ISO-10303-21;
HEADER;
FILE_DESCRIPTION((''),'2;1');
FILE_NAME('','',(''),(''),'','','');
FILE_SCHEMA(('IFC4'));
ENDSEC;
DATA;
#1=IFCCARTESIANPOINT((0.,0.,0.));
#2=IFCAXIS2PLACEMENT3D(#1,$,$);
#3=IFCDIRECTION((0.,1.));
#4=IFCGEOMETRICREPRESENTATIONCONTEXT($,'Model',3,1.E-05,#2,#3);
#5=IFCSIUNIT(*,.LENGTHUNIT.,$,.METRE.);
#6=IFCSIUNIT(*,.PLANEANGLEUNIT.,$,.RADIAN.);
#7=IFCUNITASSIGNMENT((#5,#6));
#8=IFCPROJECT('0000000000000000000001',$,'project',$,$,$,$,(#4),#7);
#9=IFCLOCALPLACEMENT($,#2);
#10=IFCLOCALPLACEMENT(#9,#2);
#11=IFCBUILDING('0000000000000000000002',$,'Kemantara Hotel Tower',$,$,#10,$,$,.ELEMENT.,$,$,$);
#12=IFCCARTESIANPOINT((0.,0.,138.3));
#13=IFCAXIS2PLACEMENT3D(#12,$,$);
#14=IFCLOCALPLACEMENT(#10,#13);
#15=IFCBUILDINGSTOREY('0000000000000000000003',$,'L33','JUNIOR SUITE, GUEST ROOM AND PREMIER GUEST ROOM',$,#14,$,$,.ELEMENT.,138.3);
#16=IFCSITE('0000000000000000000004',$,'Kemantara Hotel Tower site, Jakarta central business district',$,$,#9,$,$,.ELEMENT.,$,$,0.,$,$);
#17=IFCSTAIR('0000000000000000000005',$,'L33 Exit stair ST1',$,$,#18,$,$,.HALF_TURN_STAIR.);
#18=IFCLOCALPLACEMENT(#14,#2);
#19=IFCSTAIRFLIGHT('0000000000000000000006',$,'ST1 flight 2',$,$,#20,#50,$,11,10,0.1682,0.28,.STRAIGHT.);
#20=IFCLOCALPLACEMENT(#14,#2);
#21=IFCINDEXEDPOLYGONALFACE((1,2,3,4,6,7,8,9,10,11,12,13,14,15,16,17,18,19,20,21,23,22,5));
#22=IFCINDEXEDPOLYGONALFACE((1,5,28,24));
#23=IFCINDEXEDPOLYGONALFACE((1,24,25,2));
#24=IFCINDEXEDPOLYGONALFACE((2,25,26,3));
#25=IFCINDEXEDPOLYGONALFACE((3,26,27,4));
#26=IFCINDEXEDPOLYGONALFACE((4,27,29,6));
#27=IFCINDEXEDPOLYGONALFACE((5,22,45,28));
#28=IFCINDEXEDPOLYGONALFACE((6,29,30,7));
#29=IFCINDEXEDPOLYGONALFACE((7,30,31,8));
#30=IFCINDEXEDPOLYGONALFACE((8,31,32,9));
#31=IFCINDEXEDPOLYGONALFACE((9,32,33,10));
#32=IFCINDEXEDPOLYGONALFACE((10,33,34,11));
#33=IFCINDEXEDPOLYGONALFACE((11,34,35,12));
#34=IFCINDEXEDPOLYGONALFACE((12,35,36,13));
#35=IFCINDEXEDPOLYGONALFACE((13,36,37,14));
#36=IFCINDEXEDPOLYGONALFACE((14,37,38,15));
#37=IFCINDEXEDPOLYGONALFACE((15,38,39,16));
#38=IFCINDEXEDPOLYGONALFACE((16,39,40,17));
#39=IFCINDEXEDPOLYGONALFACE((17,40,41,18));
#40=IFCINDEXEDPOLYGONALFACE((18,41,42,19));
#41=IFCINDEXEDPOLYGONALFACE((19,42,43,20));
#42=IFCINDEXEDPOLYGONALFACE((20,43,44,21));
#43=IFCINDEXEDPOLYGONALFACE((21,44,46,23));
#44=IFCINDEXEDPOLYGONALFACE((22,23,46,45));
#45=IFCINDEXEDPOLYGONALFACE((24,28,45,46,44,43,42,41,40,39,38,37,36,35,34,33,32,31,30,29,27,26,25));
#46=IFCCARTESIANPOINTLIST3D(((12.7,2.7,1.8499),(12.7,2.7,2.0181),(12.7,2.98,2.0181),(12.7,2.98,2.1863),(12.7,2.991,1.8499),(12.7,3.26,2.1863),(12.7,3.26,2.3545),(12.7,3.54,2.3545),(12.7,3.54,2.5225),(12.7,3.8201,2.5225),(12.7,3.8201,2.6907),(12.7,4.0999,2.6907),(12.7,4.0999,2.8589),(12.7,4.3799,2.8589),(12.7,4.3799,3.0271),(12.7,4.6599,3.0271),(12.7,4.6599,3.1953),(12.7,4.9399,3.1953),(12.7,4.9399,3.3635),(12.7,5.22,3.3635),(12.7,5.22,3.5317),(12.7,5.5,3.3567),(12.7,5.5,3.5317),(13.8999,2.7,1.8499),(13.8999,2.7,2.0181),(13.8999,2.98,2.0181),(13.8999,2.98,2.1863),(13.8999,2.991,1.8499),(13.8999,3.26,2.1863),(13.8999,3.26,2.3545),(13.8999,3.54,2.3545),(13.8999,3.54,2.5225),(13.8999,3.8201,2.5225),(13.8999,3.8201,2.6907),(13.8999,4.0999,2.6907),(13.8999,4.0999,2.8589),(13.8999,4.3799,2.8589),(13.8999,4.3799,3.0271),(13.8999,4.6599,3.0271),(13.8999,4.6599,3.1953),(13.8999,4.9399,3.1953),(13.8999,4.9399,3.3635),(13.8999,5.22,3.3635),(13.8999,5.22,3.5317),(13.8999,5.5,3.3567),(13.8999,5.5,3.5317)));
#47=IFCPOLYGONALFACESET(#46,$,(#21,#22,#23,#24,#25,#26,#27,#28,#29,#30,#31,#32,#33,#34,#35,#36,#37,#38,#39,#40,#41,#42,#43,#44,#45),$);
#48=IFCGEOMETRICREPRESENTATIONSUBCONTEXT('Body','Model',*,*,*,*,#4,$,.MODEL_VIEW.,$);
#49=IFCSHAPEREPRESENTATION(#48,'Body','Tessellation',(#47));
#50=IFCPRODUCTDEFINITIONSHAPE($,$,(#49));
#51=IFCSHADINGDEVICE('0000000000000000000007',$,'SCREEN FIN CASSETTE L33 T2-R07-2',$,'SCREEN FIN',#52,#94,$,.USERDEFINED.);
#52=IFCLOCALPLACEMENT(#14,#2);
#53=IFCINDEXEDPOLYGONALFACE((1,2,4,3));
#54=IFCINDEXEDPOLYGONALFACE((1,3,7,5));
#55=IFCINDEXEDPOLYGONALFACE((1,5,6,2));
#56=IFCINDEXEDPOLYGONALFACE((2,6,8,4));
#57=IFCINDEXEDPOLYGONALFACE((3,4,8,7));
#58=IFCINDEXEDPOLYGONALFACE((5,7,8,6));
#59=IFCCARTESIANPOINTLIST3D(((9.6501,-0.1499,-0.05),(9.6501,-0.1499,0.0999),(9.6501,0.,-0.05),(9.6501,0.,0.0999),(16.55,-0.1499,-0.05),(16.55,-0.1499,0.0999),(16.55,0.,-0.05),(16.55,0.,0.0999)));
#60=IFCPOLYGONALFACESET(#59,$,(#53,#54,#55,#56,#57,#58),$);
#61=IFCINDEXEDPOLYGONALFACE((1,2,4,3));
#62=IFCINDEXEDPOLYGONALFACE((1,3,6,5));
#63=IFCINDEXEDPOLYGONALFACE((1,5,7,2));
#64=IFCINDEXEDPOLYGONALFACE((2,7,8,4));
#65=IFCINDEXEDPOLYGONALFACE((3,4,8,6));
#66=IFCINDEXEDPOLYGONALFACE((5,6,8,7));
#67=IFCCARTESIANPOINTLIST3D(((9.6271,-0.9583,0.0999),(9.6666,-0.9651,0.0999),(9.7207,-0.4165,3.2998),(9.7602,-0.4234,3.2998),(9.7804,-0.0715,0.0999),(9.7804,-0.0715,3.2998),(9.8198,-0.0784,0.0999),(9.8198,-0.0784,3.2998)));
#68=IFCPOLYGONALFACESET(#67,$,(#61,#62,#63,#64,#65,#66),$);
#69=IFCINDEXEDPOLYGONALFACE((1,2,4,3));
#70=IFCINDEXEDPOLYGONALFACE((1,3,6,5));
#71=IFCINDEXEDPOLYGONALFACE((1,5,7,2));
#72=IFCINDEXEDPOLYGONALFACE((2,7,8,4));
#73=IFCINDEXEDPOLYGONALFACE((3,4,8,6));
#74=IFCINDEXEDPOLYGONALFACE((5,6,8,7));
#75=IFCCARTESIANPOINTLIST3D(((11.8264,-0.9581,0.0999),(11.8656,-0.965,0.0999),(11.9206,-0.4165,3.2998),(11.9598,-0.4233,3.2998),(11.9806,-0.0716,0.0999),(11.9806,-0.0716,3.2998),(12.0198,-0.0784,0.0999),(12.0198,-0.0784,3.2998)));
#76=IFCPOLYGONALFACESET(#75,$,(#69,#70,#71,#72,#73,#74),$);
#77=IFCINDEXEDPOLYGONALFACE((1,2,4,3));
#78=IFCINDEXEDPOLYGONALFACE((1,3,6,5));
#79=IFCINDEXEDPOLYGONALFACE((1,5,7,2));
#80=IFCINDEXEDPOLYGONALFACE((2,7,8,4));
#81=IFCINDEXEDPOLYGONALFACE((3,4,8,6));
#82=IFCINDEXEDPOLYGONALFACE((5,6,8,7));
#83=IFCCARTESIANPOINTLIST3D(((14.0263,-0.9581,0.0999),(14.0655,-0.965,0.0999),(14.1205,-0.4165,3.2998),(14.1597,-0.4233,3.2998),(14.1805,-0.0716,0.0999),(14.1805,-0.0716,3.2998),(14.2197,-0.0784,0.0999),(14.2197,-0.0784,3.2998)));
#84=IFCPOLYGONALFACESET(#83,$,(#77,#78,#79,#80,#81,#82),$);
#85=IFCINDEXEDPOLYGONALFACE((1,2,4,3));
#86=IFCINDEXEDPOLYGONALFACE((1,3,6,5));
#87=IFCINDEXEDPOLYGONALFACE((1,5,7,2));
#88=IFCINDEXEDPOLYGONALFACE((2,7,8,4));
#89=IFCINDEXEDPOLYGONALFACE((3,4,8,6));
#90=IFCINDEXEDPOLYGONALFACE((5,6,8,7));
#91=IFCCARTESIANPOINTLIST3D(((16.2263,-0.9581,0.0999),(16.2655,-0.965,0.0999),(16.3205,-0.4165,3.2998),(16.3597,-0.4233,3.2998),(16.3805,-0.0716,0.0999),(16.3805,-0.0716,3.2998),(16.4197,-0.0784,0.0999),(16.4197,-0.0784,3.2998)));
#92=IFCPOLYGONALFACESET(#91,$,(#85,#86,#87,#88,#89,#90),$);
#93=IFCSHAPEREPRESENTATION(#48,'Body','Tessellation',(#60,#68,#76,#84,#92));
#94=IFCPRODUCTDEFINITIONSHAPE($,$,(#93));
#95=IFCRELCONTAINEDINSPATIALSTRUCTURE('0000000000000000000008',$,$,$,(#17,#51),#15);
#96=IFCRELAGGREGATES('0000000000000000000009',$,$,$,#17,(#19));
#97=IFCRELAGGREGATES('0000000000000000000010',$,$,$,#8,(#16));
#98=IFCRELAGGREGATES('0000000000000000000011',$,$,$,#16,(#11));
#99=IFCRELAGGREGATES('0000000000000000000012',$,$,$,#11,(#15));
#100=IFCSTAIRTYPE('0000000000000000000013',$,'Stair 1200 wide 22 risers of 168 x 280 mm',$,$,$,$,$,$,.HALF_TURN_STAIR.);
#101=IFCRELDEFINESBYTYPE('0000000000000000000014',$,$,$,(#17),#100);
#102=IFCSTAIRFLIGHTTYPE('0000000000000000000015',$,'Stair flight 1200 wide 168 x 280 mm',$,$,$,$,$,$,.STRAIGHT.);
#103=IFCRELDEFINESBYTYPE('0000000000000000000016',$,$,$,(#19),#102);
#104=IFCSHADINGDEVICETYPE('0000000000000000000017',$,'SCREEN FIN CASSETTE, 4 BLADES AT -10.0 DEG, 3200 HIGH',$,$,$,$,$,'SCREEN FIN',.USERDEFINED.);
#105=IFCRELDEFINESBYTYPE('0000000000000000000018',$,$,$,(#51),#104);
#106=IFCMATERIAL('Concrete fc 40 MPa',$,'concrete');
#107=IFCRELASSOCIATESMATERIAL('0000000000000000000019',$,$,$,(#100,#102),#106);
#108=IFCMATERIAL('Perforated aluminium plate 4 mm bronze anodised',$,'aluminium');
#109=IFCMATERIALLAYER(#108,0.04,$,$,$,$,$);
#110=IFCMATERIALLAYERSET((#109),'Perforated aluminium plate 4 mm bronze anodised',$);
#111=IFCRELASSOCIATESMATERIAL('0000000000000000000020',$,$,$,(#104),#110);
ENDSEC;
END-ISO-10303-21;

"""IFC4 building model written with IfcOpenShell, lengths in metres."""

from ifc_helpers import new_model, si_unit, direction, frame, origin, origin_2d, place, context, subcontext, project, spatial, polyline, rectangle, outline, extrude, source, transform, mapped, material, layer, layer_set, type_object, element, aggregate, save


model = new_model("IFC4")

# Units and contexts
model_context = context("Model", 3, precision=1e-05, world=origin(), true_north=direction((0.0, 1.0)))
body_context = subcontext(model_context, "Body", "Model", "MODEL_VIEW")
ifc_project = project(units=[si_unit("LENGTHUNIT", "METRE"), si_unit("PLANEANGLEUNIT", "RADIAN")], contexts=[model_context])

# Site, building, storey
site_placement = place(None, origin())
site = spatial("IfcSite", under=ifc_project, at=site_placement, Name="Kemantara Hotel Tower site, Jakarta central business district", CompositionType="ELEMENT", RefElevation=0.0)
building_placement = place(site_placement, origin())
building = spatial("IfcBuilding", under=site, at=building_placement, Name="Kemantara Hotel Tower", CompositionType="ELEMENT")
storey_placement = place(building_placement, frame((0.0, 0.0, 138.3)))
storey = spatial("IfcBuildingStorey", under=building, at=storey_placement, Name="L33", Description="JUNIOR SUITE, GUEST ROOM AND PREMIER GUEST ROOM", CompositionType="ELEMENT", Elevation=138.3)

# Stair, stair flight
ifc_material_1 = material(Name="Concrete fc 40 MPa", Category="concrete")
stair_type = type_object("IfcStairType", Name="Stair 1200 wide 22 risers of 168 x 280 mm", PredefinedType="HALF_TURN_STAIR", material=ifc_material_1)
stair_placement = place(storey_placement, origin())
stair = element("IfcStair", 1, at=stair_placement, inside=storey, type_object=stair_type, Name="L33 Exit stair ST1", PredefinedType="HALF_TURN_STAIR")
stair_flight_type = type_object("IfcStairFlightType", Name="Stair flight 1200 wide 168 x 280 mm", PredefinedType="STRAIGHT", material=ifc_material_1)
stair_flight_placement = place(storey_placement, frame((13.3, 2.7, 1.8499), z_axis=(0.0, 0.0, 1.0), x_axis=(0.0, 1.0, 0.0)))
stair_flight = element("IfcStairFlight", 2, at=stair_flight_placement, type_object=stair_flight_type, Name="ST1 flight 2", NumberOfRisers=11, NumberOfTreads=10, PredefinedType="STRAIGHT", RiserHeight=0.1682, TreadLength=0.28, context=body_context, shape_type="SweptSolid", body=[
    extrude(outline(polyline([(0.0, 0.0), (0.0, 0.1682), (0.28, 0.1682), (0.28, 0.3364), (0.5601, 0.3364), (0.5601, 0.5046), (0.8401, 0.5046), (0.8401, 0.6726), (1.1201, 0.6726), (1.1201, 0.8408), (1.3999, 0.8408), (1.3999, 1.009), (1.6799, 1.009), (1.6799, 1.1772), (1.96, 1.1772), (1.96, 1.3455), (2.24, 1.3455), (2.24, 1.5137), (2.52, 1.5137), (2.52, 1.6819), (2.8, 1.6819), (2.8, 1.8501), (2.8, 1.5068), (0.291, 0.0), (0.0, 0.0)])), frame((0.0, 0.6001, 0.0), z_axis=(0.0, -1.0, 0.0), x_axis=(1.0, 0.0, 0.0)), (0.0, 0.0, 1.0), 1.2),
])
aggregate(stair, [stair_flight])

# Shading device
ifc_material_2 = material(Name="Perforated aluminium plate 4 mm bronze anodised", Category="aluminium")
ifc_layer_1 = layer(ifc_material_2, 0.04)
ifc_layer_set_1 = layer_set([ifc_layer_1], Name="Perforated aluminium plate 4 mm bronze anodised")
shading_device_type = type_object("IfcShadingDeviceType", Name="SCREEN FIN CASSETTE, 4 BLADES AT -10.0 DEG, 3200 HIGH", ElementType="SCREEN FIN", PredefinedType="USERDEFINED", material=ifc_layer_set_1)
shared_shape = source(origin(), body_context, "Body", "SweptSolid", [
    extrude(rectangle(XDim=6.8999, YDim=0.1499, at=origin_2d()), frame((3.3, -0.075, -0.1499), z_axis=(0.0, 0.0, 1.0), x_axis=(1.0, 0.0, 0.0)), (0.0, 0.0, 1.0), 0.1499),
    extrude(outline(polyline([(0.0, 0.0), (0.8999, 0.0), (0.3501, 3.2), (0.0, 3.2), (0.0, 0.0)])), frame((0.0198, -0.0784, 0.0), z_axis=(-0.98539, 0.170314, 0.0), x_axis=(-0.170314, -0.98539, 0.0)), (0.0, 0.0, 1.0), 0.04),
    extrude(outline(polyline([(0.0, 0.0), (0.8999, 0.0), (0.3501, 3.2), (0.0, 3.2), (0.0, 0.0)])), frame((2.2197, -0.0784, 0.0), z_axis=(-0.985212, 0.171341, 0.0), x_axis=(-0.171341, -0.985212, 0.0)), (0.0, 0.0, 1.0), 0.0398),
    extrude(outline(polyline([(0.0, 0.0), (0.8999, 0.0), (0.3501, 3.2), (0.0, 3.2), (0.0, 0.0)])), frame((4.4197, -0.0784, 0.0), z_axis=(-0.985212, 0.171341, 0.0), x_axis=(-0.171341, -0.985212, 0.0)), (0.0, 0.0, 1.0), 0.0398),
    extrude(outline(polyline([(0.0, 0.0), (0.8999, 0.0), (0.3501, 3.2), (0.0, 3.2), (0.0, 0.0)])), frame((6.6196, -0.0784, 0.0), z_axis=(-0.985212, 0.171341, 0.0), x_axis=(-0.171341, -0.985212, 0.0)), (0.0, 0.0, 1.0), 0.0398),
])
shading_device_placement = place(storey_placement, frame((9.8, 0.0, 0.0999), z_axis=(0.0, 0.0, 1.0), x_axis=(1.0, 0.0, 0.0)))
element("IfcShadingDevice", 3, at=shading_device_placement, inside=storey, type_object=shading_device_type, Name="SCREEN FIN CASSETTE L33 T2-R07-2", ObjectType="SCREEN FIN", PredefinedType="USERDEFINED", context=body_context, shape_type="MappedRepresentation", body=[
    mapped(shared_shape, transform((0.0, 0.0, 0.0))),
])

save(model, "model.ifc")
